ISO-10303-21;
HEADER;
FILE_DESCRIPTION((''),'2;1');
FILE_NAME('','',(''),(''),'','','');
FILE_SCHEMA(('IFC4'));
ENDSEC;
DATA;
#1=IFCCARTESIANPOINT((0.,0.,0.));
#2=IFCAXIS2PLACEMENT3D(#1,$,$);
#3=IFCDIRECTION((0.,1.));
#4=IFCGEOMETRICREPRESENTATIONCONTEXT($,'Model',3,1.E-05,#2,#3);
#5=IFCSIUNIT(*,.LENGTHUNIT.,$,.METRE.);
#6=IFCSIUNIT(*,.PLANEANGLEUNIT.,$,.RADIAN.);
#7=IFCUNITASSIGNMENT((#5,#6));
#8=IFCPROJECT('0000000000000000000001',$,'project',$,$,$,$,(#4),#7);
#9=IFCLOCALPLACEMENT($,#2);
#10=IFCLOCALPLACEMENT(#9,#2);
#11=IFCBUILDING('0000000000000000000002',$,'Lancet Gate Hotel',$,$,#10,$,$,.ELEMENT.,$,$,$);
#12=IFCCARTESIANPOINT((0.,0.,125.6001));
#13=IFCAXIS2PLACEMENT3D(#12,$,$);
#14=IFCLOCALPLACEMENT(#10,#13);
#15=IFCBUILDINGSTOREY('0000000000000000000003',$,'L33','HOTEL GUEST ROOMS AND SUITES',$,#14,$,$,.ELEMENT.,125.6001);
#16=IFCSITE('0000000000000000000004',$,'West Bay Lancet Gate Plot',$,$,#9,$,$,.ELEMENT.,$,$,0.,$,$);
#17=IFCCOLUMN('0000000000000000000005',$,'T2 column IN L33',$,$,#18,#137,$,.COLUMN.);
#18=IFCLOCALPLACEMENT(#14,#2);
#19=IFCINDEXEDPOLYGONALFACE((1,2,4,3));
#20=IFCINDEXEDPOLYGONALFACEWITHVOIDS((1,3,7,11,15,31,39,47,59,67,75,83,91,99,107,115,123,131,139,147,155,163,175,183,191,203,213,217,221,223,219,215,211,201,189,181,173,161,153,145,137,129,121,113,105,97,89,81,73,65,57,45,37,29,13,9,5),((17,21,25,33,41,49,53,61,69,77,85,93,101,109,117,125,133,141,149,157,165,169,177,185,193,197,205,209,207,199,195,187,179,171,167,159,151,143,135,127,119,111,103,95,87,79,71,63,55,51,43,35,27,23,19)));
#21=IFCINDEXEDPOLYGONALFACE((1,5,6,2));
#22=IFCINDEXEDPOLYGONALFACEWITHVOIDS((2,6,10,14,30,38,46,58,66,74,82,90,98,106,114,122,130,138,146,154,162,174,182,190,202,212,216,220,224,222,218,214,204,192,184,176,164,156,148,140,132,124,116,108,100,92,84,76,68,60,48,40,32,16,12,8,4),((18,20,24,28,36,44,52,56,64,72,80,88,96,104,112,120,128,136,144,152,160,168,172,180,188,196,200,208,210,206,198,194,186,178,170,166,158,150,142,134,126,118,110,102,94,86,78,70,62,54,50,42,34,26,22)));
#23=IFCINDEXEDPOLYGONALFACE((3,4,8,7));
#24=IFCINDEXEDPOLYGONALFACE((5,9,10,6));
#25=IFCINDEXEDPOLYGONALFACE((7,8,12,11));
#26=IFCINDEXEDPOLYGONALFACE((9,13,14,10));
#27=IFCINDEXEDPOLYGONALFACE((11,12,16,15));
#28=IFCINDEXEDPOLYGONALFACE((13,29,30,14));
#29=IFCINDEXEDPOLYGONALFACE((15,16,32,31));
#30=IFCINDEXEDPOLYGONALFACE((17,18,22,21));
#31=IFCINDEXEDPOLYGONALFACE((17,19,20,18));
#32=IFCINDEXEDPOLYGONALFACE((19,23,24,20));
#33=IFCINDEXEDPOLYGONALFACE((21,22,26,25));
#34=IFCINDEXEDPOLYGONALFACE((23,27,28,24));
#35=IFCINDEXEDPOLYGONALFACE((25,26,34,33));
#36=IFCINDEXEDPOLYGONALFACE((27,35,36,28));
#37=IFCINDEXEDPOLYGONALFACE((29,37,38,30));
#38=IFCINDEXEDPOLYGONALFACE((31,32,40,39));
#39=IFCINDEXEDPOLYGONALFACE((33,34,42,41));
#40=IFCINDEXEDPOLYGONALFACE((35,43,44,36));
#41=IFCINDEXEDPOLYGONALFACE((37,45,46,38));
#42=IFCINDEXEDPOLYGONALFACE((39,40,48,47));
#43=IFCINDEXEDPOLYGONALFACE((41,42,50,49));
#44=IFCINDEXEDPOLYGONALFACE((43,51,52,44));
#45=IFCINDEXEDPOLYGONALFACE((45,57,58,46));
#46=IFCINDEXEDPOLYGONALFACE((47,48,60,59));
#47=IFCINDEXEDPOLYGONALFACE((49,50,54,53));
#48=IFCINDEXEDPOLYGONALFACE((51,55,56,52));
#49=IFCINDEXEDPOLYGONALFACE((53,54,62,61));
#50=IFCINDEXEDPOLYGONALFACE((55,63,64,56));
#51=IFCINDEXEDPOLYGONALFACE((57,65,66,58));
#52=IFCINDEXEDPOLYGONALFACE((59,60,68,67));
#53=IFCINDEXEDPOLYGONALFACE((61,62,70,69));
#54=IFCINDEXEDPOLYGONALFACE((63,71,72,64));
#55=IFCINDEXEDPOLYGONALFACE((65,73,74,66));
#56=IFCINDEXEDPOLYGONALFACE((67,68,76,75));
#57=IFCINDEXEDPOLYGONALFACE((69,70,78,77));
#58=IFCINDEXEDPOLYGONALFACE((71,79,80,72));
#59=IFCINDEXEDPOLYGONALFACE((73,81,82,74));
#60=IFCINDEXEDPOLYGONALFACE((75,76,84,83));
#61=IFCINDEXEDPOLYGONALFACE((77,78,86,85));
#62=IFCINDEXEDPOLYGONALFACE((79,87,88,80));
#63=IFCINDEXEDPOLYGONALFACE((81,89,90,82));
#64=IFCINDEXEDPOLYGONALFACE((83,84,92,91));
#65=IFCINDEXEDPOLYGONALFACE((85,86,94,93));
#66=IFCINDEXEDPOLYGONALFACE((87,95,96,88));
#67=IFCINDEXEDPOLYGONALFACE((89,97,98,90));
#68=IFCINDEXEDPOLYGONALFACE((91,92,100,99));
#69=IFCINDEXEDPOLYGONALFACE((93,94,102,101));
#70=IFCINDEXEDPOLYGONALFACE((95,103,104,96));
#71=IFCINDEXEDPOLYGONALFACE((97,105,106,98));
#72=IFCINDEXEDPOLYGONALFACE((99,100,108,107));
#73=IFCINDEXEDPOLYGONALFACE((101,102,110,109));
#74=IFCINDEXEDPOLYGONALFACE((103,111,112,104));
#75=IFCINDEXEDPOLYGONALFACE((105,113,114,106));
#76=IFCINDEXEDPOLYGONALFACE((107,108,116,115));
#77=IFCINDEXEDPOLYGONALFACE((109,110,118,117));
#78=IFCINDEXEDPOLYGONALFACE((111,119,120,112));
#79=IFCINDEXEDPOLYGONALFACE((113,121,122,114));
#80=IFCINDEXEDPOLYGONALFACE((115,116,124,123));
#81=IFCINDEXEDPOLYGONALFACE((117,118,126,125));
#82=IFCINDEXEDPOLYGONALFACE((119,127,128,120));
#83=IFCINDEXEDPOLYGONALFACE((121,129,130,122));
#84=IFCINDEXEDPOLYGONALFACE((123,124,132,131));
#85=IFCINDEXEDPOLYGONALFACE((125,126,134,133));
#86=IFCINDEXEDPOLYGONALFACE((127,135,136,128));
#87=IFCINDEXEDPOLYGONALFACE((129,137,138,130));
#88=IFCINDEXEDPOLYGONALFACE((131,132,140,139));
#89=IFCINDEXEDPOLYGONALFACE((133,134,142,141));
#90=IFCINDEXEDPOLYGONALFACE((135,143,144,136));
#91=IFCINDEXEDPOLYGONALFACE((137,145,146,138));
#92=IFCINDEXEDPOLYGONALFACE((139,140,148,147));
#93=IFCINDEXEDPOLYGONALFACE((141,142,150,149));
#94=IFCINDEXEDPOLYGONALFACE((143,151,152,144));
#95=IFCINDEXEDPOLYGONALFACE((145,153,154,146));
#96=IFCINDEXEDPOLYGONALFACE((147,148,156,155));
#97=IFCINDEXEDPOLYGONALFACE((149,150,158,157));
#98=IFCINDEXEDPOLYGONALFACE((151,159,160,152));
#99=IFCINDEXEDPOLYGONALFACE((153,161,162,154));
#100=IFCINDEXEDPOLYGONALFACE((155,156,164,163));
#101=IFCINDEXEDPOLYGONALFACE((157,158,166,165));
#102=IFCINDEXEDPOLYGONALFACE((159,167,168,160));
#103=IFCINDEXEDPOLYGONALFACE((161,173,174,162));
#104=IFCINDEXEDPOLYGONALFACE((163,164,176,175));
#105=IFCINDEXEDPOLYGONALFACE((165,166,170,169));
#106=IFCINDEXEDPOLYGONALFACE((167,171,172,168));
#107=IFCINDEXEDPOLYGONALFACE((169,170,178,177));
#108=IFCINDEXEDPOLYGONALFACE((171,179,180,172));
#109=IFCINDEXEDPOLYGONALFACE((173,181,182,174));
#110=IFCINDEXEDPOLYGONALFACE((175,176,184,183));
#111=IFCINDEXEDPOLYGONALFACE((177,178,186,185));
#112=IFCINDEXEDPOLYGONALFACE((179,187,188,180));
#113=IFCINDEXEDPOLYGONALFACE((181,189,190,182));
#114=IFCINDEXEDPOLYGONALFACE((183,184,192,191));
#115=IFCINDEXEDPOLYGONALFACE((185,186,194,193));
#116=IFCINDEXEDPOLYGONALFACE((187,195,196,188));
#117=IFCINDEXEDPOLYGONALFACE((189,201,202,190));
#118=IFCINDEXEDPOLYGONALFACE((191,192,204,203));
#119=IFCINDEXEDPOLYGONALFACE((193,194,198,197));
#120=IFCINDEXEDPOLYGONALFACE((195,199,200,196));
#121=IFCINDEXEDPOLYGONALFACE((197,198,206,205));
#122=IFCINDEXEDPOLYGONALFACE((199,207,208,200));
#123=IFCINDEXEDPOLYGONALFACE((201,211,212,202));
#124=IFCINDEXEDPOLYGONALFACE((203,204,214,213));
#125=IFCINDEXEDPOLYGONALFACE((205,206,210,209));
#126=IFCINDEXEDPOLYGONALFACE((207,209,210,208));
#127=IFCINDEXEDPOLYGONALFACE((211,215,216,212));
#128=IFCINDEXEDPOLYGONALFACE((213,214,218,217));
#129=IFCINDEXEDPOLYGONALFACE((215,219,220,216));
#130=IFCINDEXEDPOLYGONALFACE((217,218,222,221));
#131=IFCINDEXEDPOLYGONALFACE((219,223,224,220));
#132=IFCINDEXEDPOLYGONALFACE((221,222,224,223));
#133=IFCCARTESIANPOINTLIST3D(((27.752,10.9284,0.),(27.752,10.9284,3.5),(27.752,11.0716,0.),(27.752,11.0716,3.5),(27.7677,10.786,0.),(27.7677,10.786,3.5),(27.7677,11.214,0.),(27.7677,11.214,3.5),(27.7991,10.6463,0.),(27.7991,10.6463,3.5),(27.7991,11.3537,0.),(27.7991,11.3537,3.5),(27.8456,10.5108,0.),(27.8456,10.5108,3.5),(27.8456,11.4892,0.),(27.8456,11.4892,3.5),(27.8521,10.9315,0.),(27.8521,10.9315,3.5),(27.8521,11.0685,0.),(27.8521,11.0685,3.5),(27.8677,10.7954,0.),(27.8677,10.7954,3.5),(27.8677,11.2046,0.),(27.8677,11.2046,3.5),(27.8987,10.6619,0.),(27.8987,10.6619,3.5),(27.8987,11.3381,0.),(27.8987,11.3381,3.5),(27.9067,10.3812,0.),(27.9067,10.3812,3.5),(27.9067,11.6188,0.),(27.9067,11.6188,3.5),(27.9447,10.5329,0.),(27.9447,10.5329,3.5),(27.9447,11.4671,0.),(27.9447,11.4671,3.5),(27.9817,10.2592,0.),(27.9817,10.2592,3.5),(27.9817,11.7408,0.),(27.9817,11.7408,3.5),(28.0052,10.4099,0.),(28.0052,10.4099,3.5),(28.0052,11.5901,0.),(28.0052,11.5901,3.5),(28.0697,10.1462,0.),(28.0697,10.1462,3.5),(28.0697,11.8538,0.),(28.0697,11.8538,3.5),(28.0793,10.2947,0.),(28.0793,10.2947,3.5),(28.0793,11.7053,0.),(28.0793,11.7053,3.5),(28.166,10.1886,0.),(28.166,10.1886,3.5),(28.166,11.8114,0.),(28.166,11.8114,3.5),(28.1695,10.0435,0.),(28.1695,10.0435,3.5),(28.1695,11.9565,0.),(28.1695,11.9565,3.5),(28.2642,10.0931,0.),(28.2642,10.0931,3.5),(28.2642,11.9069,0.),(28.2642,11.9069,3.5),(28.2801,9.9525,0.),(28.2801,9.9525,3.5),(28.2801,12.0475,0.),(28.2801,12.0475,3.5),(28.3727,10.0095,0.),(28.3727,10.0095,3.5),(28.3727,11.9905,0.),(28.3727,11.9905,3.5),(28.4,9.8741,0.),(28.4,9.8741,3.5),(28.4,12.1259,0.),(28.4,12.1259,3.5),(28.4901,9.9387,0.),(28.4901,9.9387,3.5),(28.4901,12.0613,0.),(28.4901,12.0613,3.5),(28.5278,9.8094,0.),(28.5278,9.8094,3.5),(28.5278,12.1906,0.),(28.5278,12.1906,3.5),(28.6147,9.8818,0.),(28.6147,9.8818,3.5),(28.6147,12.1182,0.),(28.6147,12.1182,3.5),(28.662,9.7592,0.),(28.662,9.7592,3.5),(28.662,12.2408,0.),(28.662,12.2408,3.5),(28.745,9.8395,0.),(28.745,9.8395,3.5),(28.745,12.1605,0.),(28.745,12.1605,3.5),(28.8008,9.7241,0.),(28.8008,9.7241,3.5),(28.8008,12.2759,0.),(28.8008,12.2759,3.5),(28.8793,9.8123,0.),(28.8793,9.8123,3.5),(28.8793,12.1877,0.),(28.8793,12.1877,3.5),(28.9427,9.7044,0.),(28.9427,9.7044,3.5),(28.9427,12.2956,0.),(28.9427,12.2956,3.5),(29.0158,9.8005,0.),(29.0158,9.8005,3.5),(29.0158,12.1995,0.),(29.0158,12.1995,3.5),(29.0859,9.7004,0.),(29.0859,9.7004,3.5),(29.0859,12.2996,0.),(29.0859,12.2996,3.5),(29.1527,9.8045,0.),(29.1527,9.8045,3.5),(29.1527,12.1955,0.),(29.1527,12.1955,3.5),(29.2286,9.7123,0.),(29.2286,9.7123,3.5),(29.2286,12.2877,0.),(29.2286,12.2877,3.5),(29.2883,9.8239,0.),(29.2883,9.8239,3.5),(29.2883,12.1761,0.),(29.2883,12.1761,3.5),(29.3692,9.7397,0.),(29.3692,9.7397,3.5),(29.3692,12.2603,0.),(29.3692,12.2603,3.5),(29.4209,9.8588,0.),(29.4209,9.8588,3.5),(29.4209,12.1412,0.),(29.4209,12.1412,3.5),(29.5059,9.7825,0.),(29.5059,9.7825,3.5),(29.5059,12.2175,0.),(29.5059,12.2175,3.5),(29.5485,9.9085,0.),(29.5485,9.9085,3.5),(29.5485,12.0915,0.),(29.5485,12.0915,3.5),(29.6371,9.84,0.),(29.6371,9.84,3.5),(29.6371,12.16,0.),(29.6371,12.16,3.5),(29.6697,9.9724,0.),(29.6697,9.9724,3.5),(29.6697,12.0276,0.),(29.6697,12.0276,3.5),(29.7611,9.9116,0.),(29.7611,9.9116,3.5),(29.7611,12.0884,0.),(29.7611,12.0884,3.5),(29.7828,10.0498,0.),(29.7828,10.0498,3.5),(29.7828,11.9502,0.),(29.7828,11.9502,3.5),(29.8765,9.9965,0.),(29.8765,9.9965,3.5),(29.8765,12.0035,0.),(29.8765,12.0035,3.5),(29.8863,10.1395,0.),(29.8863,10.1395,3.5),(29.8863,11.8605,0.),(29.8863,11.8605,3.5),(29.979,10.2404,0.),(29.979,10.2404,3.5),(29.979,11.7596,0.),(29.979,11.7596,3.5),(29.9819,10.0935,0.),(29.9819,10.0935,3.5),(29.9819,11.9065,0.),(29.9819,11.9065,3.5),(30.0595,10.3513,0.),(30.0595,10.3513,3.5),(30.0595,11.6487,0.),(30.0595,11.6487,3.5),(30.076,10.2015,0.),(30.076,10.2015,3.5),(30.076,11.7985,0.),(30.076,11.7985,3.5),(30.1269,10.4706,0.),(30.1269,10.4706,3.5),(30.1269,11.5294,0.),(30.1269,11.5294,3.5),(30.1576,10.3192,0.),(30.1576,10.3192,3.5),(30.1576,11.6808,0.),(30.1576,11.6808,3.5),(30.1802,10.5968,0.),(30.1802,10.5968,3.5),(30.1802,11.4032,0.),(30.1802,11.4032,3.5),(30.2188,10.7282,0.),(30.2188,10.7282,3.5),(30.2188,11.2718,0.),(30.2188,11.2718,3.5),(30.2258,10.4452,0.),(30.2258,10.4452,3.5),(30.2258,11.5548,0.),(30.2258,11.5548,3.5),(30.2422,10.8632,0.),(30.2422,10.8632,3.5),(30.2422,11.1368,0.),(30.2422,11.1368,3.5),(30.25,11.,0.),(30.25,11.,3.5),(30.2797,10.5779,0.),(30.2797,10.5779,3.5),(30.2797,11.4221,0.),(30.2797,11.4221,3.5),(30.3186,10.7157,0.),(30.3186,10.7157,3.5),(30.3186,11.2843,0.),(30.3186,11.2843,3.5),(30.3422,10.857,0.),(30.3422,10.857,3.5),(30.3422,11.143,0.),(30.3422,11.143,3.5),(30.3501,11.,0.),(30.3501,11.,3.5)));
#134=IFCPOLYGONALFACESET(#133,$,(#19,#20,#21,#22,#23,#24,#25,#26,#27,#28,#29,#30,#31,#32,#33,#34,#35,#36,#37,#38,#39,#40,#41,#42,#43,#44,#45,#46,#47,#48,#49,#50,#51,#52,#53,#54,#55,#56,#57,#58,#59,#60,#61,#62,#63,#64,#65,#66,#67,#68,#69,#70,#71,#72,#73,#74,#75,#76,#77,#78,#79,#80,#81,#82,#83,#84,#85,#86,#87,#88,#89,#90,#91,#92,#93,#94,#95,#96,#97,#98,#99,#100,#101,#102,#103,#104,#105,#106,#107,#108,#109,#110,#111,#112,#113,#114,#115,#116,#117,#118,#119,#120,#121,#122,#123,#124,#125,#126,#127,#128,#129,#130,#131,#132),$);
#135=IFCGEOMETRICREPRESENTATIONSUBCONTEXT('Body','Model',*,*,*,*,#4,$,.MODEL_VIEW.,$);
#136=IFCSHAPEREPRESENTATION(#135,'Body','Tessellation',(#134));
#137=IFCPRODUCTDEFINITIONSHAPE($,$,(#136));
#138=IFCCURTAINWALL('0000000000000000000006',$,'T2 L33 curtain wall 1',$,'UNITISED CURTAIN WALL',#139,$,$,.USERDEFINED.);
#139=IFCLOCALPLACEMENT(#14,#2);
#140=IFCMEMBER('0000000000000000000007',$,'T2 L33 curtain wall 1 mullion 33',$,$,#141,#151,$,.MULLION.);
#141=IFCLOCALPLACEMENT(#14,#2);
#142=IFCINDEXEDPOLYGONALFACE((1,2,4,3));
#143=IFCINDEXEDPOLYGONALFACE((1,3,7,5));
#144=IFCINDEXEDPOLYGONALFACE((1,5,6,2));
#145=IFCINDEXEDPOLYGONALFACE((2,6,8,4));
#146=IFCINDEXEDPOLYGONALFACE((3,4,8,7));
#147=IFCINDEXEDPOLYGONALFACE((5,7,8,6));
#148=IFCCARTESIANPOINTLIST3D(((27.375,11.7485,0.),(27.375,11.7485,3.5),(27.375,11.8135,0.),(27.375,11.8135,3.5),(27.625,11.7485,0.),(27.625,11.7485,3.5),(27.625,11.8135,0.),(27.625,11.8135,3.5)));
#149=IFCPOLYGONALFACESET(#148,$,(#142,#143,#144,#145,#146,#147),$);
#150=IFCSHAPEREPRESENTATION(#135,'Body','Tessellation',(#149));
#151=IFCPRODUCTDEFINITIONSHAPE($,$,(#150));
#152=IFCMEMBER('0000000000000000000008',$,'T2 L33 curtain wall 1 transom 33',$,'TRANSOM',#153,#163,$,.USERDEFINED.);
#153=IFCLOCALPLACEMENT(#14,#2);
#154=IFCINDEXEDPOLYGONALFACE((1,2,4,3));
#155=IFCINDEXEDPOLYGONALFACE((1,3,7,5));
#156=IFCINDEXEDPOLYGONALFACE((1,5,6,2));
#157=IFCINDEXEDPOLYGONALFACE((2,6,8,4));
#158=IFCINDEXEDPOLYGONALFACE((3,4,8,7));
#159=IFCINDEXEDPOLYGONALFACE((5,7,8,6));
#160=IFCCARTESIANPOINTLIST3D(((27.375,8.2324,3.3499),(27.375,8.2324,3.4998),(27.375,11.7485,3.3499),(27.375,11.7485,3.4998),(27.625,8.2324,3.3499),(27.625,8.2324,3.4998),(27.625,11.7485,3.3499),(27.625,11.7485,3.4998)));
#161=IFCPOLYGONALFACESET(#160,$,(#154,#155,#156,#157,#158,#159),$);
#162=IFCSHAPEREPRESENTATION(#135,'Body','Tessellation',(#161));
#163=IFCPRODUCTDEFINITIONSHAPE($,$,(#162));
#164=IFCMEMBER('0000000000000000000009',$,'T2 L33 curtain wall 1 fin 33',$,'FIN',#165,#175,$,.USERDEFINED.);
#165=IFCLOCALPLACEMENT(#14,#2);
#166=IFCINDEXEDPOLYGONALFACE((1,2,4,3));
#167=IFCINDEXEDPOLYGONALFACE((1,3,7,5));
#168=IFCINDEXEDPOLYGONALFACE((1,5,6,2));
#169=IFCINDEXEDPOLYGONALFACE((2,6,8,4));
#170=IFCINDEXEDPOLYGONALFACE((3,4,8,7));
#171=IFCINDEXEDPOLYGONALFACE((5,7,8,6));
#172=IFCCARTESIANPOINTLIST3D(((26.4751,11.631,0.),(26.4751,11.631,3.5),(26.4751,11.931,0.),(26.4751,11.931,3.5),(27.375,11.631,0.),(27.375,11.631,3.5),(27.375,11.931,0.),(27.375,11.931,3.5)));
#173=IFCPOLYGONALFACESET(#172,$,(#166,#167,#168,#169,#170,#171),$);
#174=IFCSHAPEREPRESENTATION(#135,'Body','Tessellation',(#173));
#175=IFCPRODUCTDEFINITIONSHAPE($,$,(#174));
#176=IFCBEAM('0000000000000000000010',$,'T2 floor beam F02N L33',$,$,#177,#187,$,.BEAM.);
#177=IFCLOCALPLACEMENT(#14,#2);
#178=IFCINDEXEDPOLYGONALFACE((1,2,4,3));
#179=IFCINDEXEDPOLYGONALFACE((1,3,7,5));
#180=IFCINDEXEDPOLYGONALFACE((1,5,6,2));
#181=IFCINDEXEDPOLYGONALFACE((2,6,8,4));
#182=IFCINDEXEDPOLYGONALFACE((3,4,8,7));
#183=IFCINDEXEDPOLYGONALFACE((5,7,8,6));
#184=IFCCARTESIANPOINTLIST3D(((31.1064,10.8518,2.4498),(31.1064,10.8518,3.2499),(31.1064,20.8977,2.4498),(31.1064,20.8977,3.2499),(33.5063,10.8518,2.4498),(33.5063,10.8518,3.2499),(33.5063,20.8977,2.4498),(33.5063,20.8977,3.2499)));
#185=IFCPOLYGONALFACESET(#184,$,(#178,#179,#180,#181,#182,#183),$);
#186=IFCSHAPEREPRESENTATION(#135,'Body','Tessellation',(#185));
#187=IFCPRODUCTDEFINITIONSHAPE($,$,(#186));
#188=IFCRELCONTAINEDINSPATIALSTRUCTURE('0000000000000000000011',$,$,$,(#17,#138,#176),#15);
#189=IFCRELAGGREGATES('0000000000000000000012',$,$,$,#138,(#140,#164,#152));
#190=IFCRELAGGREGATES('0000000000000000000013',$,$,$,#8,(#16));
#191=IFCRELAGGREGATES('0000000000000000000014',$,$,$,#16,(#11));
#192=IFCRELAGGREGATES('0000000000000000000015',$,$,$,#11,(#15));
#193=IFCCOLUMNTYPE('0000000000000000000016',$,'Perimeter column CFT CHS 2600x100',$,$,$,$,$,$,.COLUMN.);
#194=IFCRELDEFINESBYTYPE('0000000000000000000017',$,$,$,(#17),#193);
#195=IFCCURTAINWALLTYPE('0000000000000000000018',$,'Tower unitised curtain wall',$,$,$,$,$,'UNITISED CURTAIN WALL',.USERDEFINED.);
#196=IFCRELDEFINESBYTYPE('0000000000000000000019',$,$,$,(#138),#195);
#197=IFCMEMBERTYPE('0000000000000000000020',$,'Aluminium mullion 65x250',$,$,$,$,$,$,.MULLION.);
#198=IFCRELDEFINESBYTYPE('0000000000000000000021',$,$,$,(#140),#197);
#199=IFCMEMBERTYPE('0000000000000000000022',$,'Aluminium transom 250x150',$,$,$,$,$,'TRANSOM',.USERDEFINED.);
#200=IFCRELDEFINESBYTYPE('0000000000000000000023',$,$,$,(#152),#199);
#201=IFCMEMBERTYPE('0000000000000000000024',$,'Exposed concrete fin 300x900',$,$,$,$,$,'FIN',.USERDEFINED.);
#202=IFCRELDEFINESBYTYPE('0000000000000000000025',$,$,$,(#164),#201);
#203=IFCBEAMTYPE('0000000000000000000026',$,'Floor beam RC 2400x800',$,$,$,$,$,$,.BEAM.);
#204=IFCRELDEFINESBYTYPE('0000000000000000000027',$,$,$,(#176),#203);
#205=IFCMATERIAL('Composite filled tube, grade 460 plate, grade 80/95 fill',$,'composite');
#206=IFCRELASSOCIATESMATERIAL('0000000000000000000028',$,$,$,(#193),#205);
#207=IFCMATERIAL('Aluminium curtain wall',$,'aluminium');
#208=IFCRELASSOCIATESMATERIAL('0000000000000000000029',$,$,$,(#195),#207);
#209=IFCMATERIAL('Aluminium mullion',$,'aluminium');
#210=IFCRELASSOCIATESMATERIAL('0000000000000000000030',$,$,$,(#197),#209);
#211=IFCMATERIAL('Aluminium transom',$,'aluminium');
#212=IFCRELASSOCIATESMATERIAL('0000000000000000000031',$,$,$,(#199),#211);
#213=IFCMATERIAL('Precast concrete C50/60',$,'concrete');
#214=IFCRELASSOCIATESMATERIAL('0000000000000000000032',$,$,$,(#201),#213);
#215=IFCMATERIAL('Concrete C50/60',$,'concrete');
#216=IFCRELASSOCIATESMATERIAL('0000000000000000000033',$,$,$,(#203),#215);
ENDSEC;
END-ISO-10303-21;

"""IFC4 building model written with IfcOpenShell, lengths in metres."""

from ifc_helpers import new_model, si_unit, direction, frame, origin, origin_2d, place, context, subcontext, project, spatial, rectangle, hollow_circle, extrude, material, material_profile, profile_set, type_object, element, aggregate, save


model = new_model("IFC4")

# Units and contexts
model_context = context("Model", 3, precision=1e-05, world=origin(), true_north=direction((0.0, 1.0)))
body_context = subcontext(model_context, "Body", "Model", "MODEL_VIEW")
ifc_project = project(units=[si_unit("LENGTHUNIT", "METRE"), si_unit("PLANEANGLEUNIT", "RADIAN")], contexts=[model_context])

# Site, building, storey
site_placement = place(None, origin())
site = spatial("IfcSite", under=ifc_project, at=site_placement, Name="West Bay Lancet Gate Plot", CompositionType="ELEMENT", RefElevation=0.0)
building_placement = place(site_placement, origin())
building = spatial("IfcBuilding", under=site, at=building_placement, Name="Lancet Gate Hotel", CompositionType="ELEMENT")
storey_placement = place(building_placement, frame((0.0, 0.0, 125.6001)))
storey = spatial("IfcBuildingStorey", under=building, at=storey_placement, Name="L33", Description="HOTEL GUEST ROOMS AND SUITES", CompositionType="ELEMENT", Elevation=125.6001)

# Column
ifc_material_1 = material(Name="Composite filled tube, grade 460 plate, grade 80/95 fill", Category="composite")
ifc_material_profile_1 = material_profile(ifc_material_1, hollow_circle(Radius=1.3, WallThickness=0.1001, at=origin_2d()), Name="CHS 2600x100")
ifc_profile_set_1 = profile_set([ifc_material_profile_1], Name="Composite filled tube, grade 460 plate, grade 80/95 fill")
column_type = type_object("IfcColumnType", Name="Perimeter column CFT CHS 2600x100", PredefinedType="COLUMN", material=ifc_profile_set_1)
column_placement = place(storey_placement, frame((29.05, 11.0, 0.0), z_axis=(0.0, 0.0, 1.0), x_axis=(1.0, 0.0, 0.0)))
element("IfcColumn", 1, at=column_placement, inside=storey, type_object=column_type, Name="T2 column IN L33", PredefinedType="COLUMN", context=body_context, shape_type="SweptSolid", body=[
    extrude(hollow_circle(Radius=1.3, WallThickness=0.1001, at=origin_2d()), origin(), (0.0, 0.0, 1.0), 3.5),
])

# Curtain wall, members
ifc_material_2 = material(Name="Aluminium curtain wall", Category="aluminium")
curtain_wall_type = type_object("IfcCurtainWallType", Name="Tower unitised curtain wall", ElementType="UNITISED CURTAIN WALL", PredefinedType="USERDEFINED", material=ifc_material_2)
curtain_wall_placement = place(storey_placement, origin())
curtain_wall = element("IfcCurtainWall", 2, at=curtain_wall_placement, inside=storey, type_object=curtain_wall_type, Name="T2 L33 curtain wall 1", ObjectType="UNITISED CURTAIN WALL", PredefinedType="USERDEFINED")
ifc_material_3 = material(Name="Aluminium mullion", Category="aluminium")
ifc_material_profile_2 = material_profile(ifc_material_3, rectangle(XDim=0.0649, YDim=0.25, at=origin_2d()), Name="MULLION 65x250")
ifc_profile_set_2 = profile_set([ifc_material_profile_2], Name="Aluminium mullion")
member_type_1 = type_object("IfcMemberType", Name="Aluminium mullion 65x250", PredefinedType="MULLION", material=ifc_profile_set_2)
member_1_placement = place(storey_placement, frame((27.5, 11.781, 0.0), z_axis=(0.0, 0.0, 1.0), x_axis=(0.0, -1.0, 0.0)))
member_1 = element("IfcMember", 3, at=member_1_placement, type_object=member_type_1, Name="T2 L33 curtain wall 1 mullion 33", PredefinedType="MULLION", context=body_context, shape_type="SweptSolid", body=[
    extrude(rectangle(XDim=0.0649, YDim=0.25, at=origin_2d()), origin(), (0.0, 0.0, 1.0), 3.5),
])
ifc_material_4 = material(Name="Aluminium transom", Category="aluminium")
ifc_material_profile_3 = material_profile(ifc_material_4, rectangle(XDim=0.25, YDim=0.1499, at=origin_2d()), Name="TRANSOM 250x150")
ifc_profile_set_3 = profile_set([ifc_material_profile_3], Name="Aluminium transom")
member_type_2 = type_object("IfcMemberType", Name="Aluminium transom 250x150", ElementType="TRANSOM", PredefinedType="USERDEFINED", material=ifc_profile_set_3)
member_2_placement = place(storey_placement, frame((27.5, 11.7485, 3.4248), z_axis=(0.0, -1.0, 0.0), x_axis=(1.0, 0.0, 0.0)))
member_2 = element("IfcMember", 4, at=member_2_placement, type_object=member_type_2, Name="T2 L33 curtain wall 1 transom 33", ObjectType="TRANSOM", PredefinedType="USERDEFINED", context=body_context, shape_type="SweptSolid", body=[
    extrude(rectangle(XDim=0.25, YDim=0.1499, at=origin_2d()), origin(), (0.0, 0.0, 1.0), 3.5161),
])
ifc_material_5 = material(Name="Precast concrete C50/60", Category="concrete")
ifc_material_profile_4 = material_profile(ifc_material_5, rectangle(XDim=0.3, YDim=0.8999, at=origin_2d()), Name="FIN 300x900")
ifc_profile_set_4 = profile_set([ifc_material_profile_4], Name="Precast concrete C50/60")
member_type_3 = type_object("IfcMemberType", Name="Exposed concrete fin 300x900", ElementType="FIN", PredefinedType="USERDEFINED", material=ifc_profile_set_4)
member_3_placement = place(storey_placement, frame((26.925, 11.781, 0.0), z_axis=(0.0, 0.0, 1.0), x_axis=(0.0, -1.0, 0.0)))
member_3 = element("IfcMember", 5, at=member_3_placement, type_object=member_type_3, Name="T2 L33 curtain wall 1 fin 33", ObjectType="FIN", PredefinedType="USERDEFINED", context=body_context, shape_type="SweptSolid", body=[
    extrude(rectangle(XDim=0.3, YDim=0.8999, at=origin_2d()), origin(), (0.0, 0.0, 1.0), 3.5),
])

# Beam
ifc_material_6 = material(Name="Concrete C50/60", Category="concrete")
ifc_material_profile_5 = material_profile(ifc_material_6, rectangle(XDim=2.3999, YDim=0.8, at=origin_2d()), Name="RC 2400x800")
ifc_profile_set_5 = profile_set([ifc_material_profile_5], Name="Concrete C50/60")
beam_type_1 = type_object("IfcBeamType", Name="Floor beam RC 2400x800", PredefinedType="BEAM", material=ifc_profile_set_5)
beam_1_placement = place(storey_placement, frame((32.3064, 10.8518, 2.8499), z_axis=(0.0, 1.0, 0.0), x_axis=(-1.0, 0.0, 0.0)))
element("IfcBeam", 6, at=beam_1_placement, inside=storey, type_object=beam_type_1, Name="T2 floor beam F02N L33", PredefinedType="BEAM", context=body_context, shape_type="SweptSolid", body=[
    extrude(rectangle(XDim=2.3999, YDim=0.8, at=origin_2d()), origin(), (0.0, 0.0, 1.0), 10.0459),
])

aggregate(curtain_wall, [member_1, member_3, member_2])

save(model, "model.ifc")
